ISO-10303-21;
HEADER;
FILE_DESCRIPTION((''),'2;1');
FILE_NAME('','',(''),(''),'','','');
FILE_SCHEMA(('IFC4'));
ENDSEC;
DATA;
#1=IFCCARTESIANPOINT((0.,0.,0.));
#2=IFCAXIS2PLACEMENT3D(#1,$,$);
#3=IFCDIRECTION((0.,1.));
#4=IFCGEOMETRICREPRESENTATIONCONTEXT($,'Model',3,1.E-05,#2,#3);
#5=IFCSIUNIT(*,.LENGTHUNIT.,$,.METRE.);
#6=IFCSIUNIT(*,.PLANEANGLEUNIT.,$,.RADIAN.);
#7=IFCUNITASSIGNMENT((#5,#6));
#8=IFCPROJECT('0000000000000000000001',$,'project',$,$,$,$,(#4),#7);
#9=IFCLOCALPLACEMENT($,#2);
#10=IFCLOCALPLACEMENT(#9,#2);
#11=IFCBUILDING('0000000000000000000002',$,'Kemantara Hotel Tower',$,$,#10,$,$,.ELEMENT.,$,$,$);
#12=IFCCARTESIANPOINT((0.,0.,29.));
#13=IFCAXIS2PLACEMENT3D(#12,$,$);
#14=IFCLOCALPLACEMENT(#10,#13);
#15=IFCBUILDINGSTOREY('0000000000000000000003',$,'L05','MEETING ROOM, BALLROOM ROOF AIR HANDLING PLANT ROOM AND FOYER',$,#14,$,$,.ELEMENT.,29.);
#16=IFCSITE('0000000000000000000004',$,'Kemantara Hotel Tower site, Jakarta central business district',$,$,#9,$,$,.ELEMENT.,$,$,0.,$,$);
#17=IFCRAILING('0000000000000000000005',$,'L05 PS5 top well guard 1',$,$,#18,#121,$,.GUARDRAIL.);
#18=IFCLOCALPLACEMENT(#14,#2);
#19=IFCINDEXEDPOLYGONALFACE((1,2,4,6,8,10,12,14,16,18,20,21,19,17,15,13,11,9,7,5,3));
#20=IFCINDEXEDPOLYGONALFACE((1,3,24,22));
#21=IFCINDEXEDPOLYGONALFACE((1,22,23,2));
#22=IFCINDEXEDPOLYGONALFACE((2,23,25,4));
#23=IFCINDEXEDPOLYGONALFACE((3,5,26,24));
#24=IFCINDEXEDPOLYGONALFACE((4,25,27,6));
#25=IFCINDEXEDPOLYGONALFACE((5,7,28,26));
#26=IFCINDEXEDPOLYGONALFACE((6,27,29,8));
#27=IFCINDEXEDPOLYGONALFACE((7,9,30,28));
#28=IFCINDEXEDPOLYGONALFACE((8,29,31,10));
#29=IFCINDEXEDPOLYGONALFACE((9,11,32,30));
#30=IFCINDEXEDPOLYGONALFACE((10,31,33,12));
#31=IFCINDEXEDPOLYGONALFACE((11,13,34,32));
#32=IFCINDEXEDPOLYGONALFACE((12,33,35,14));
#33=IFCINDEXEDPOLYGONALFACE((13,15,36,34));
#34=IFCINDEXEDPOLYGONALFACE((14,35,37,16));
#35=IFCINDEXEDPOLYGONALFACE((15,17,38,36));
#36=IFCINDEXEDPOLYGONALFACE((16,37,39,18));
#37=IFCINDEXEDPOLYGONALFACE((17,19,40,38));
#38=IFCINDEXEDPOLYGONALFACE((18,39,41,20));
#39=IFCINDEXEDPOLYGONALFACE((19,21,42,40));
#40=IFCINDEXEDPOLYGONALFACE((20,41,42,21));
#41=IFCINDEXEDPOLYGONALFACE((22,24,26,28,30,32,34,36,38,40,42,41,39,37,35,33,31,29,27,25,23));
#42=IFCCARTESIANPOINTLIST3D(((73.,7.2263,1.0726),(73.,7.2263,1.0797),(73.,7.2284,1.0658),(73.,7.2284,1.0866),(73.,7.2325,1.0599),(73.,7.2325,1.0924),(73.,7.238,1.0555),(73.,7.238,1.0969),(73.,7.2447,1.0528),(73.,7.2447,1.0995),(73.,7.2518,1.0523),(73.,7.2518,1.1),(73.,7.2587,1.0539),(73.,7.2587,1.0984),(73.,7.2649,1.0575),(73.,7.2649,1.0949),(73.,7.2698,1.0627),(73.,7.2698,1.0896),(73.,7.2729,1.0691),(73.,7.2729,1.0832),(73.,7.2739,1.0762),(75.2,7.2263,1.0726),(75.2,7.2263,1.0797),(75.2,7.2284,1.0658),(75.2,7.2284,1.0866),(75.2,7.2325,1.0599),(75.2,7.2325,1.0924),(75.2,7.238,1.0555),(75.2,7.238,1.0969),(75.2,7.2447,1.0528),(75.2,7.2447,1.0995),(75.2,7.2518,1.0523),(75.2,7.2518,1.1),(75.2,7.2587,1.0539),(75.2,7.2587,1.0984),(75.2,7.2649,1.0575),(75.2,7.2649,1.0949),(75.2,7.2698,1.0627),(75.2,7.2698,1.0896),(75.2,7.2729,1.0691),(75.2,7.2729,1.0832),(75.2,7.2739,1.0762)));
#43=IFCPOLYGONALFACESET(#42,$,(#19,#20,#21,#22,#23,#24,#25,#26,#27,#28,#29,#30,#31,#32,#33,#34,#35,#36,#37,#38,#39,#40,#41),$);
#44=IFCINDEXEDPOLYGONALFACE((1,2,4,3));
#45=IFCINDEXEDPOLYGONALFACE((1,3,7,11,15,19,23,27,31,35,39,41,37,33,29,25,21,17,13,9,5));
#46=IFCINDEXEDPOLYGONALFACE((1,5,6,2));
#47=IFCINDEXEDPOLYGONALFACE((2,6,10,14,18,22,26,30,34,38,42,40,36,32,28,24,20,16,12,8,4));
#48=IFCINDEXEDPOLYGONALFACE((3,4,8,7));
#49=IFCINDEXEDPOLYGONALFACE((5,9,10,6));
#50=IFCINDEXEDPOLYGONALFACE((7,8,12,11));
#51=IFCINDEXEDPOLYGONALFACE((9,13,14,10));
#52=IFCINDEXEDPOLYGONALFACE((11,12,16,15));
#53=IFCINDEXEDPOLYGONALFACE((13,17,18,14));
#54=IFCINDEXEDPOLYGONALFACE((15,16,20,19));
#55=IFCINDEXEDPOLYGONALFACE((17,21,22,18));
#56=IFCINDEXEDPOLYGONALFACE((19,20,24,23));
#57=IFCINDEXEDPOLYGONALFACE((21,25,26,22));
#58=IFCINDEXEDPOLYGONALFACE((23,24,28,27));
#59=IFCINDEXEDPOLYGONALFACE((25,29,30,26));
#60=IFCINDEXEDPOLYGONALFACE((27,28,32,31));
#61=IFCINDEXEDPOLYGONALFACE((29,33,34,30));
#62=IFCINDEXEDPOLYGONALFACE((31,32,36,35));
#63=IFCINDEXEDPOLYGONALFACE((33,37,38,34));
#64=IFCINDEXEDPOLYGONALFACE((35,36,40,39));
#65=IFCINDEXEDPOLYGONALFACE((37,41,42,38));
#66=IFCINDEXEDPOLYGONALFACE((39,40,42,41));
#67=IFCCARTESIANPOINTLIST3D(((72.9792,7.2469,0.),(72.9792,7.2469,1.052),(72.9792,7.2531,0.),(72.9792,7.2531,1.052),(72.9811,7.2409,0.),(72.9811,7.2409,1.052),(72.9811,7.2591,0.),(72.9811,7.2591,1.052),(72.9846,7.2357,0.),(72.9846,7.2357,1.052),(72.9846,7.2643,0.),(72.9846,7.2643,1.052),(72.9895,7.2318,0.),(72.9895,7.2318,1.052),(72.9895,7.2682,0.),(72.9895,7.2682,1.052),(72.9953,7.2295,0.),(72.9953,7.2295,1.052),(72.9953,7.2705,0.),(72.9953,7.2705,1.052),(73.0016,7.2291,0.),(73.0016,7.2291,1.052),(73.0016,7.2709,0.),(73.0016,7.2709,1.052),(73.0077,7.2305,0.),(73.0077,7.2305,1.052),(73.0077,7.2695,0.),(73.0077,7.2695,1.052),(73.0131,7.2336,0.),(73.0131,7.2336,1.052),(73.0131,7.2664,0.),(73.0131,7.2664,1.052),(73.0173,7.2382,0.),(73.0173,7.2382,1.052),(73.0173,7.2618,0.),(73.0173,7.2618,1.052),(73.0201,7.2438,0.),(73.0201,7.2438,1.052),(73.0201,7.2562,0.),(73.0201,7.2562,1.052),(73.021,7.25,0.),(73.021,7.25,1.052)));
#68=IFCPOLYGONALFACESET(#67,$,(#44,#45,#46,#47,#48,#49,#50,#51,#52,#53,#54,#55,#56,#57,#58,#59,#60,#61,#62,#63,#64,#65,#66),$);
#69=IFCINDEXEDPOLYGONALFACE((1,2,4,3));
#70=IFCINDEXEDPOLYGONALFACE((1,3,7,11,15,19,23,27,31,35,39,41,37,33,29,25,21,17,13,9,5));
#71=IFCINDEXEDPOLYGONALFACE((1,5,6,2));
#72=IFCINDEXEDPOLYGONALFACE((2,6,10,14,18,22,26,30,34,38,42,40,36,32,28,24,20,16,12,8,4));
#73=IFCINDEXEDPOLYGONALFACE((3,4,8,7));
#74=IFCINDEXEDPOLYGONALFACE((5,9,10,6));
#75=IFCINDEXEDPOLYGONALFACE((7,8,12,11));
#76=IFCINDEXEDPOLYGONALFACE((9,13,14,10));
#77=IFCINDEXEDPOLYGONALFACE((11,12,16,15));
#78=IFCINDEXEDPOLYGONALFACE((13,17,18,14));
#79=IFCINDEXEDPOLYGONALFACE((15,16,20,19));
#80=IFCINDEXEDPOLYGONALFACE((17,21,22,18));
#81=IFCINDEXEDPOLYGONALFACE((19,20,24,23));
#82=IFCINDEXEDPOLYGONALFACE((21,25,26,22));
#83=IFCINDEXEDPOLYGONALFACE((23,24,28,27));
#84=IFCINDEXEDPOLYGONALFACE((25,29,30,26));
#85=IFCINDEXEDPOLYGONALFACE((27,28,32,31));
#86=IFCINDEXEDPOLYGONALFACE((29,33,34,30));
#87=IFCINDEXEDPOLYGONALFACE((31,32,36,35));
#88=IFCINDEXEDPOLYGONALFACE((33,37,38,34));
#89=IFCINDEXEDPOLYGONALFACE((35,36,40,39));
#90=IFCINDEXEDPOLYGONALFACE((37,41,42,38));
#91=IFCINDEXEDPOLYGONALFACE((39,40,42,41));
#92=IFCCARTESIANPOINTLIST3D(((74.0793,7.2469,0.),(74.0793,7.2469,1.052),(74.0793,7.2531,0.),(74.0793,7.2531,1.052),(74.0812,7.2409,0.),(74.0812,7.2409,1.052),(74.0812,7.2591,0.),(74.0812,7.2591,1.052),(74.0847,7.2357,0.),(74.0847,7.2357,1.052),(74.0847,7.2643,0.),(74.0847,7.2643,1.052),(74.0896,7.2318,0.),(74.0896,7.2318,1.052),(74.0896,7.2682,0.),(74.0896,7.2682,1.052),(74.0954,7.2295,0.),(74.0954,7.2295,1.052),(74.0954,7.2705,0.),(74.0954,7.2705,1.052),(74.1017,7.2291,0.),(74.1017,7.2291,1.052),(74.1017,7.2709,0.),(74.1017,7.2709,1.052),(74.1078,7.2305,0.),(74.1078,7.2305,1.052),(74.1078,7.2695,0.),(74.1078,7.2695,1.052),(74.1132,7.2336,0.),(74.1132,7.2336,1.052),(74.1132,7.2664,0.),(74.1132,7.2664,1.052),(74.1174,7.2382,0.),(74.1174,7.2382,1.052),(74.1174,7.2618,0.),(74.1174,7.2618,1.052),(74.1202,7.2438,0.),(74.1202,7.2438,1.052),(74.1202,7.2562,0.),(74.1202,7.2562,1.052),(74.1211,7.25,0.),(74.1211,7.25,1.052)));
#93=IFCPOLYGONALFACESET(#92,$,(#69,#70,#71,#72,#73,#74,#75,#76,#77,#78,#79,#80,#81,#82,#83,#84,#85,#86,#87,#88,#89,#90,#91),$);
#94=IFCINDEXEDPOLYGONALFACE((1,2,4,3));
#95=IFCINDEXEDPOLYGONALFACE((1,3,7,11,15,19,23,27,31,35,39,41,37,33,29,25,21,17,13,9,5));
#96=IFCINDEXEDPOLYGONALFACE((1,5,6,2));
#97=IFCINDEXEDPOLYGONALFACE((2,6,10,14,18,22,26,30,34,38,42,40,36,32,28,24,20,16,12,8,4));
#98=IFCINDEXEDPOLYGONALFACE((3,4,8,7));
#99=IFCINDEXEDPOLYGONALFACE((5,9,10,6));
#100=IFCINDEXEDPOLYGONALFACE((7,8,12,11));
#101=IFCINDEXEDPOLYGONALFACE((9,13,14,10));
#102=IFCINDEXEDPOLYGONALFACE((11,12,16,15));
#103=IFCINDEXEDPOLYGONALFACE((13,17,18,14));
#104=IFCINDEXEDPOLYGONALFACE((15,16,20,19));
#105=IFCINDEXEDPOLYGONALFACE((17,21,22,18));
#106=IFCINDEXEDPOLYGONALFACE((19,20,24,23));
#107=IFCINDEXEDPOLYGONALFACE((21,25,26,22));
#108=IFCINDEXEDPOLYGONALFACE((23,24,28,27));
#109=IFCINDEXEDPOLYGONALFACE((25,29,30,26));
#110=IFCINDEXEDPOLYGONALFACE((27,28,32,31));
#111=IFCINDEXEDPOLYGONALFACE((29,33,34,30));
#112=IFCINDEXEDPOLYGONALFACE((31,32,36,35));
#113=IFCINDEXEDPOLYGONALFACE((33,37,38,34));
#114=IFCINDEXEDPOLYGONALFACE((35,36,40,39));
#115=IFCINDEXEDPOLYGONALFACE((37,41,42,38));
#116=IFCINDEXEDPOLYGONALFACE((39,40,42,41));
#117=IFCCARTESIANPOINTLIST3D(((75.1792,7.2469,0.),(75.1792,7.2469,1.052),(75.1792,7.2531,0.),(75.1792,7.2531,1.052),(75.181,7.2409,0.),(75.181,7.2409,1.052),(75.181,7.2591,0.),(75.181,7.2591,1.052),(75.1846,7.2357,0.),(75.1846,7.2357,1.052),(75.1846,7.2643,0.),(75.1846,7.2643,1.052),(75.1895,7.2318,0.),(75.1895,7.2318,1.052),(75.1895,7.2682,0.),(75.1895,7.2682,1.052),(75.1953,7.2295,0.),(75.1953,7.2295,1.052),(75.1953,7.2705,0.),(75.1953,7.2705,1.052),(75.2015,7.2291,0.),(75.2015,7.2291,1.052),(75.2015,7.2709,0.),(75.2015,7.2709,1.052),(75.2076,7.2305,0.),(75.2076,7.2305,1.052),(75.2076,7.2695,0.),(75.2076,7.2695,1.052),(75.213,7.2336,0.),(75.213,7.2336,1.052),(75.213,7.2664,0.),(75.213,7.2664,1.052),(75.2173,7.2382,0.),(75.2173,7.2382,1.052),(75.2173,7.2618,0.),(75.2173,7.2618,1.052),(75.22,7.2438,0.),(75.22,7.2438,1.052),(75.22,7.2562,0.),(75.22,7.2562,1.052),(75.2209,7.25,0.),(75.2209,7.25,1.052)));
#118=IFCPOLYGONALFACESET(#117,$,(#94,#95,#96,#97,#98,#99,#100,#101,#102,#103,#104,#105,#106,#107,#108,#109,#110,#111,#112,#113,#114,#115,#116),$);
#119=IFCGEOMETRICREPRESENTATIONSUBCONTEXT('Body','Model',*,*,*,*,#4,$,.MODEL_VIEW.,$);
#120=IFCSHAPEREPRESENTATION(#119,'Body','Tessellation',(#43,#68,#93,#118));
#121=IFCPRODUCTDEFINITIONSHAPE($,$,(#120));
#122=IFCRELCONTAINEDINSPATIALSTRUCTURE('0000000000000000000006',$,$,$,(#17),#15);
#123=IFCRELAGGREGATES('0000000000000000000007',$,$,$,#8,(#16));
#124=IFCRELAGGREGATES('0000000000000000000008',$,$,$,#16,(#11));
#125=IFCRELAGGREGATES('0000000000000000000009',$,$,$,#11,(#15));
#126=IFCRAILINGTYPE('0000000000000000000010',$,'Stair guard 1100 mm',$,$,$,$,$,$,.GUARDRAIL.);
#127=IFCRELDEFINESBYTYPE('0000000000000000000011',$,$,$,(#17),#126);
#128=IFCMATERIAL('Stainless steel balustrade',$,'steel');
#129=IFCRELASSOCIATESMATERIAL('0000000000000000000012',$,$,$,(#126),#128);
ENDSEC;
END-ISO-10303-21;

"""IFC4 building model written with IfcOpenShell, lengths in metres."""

from ifc_helpers import new_model, si_unit, direction, frame, origin, origin_2d, place, context, subcontext, project, spatial, circle, extrude, material, type_object, element, save


model = new_model("IFC4")

# Units and contexts
model_context = context("Model", 3, precision=1e-05, world=origin(), true_north=direction((0.0, 1.0)))
body_context = subcontext(model_context, "Body", "Model", "MODEL_VIEW")
ifc_project = project(units=[si_unit("LENGTHUNIT", "METRE"), si_unit("PLANEANGLEUNIT", "RADIAN")], contexts=[model_context])

# Site, building, storey
site_placement = place(None, origin())
site = spatial("IfcSite", under=ifc_project, at=site_placement, Name="Kemantara Hotel Tower site, Jakarta central business district", CompositionType="ELEMENT", RefElevation=0.0)
building_placement = place(site_placement, origin())
building = spatial("IfcBuilding", under=site, at=building_placement, Name="Kemantara Hotel Tower", CompositionType="ELEMENT")
storey_placement = place(building_placement, frame((0.0, 0.0, 29.0)))
storey = spatial("IfcBuildingStorey", under=building, at=storey_placement, Name="L05", Description="MEETING ROOM, BALLROOM ROOF AIR HANDLING PLANT ROOM AND FOYER", CompositionType="ELEMENT", Elevation=29.0)

# Railing
ifc_material_1 = material(Name="Stainless steel balustrade", Category="steel")
railing_type = type_object("IfcRailingType", Name="Stair guard 1100 mm", PredefinedType="GUARDRAIL", material=ifc_material_1)
railing_1_placement = place(storey_placement, frame((73.0, 7.25, 0.0)))
element("IfcRailing", 1, at=railing_1_placement, inside=storey, type_object=railing_type, Name="L05 PS5 top well guard 1", PredefinedType="GUARDRAIL", context=body_context, shape_type="SweptSolid", body=[
    extrude(circle(Radius=0.0239, at=origin_2d()), frame((0.0, 0.0, 1.0762), z_axis=(1.0, 0.0, 0.0), x_axis=(0.0, 1.0, 0.0)), (0.0, 0.0, 1.0), 2.2),
    extrude(circle(Radius=0.021, at=origin_2d()), origin(), (0.0, 0.0, 1.0), 1.052),
    extrude(circle(Radius=0.021, at=origin_2d()), frame((1.1001, 0.0, 0.0)), (0.0, 0.0, 1.0), 1.052),
    extrude(circle(Radius=0.021, at=origin_2d()), frame((2.2, 0.0, 0.0)), (0.0, 0.0, 1.0), 1.052),
])

save(model, "model.ifc")
